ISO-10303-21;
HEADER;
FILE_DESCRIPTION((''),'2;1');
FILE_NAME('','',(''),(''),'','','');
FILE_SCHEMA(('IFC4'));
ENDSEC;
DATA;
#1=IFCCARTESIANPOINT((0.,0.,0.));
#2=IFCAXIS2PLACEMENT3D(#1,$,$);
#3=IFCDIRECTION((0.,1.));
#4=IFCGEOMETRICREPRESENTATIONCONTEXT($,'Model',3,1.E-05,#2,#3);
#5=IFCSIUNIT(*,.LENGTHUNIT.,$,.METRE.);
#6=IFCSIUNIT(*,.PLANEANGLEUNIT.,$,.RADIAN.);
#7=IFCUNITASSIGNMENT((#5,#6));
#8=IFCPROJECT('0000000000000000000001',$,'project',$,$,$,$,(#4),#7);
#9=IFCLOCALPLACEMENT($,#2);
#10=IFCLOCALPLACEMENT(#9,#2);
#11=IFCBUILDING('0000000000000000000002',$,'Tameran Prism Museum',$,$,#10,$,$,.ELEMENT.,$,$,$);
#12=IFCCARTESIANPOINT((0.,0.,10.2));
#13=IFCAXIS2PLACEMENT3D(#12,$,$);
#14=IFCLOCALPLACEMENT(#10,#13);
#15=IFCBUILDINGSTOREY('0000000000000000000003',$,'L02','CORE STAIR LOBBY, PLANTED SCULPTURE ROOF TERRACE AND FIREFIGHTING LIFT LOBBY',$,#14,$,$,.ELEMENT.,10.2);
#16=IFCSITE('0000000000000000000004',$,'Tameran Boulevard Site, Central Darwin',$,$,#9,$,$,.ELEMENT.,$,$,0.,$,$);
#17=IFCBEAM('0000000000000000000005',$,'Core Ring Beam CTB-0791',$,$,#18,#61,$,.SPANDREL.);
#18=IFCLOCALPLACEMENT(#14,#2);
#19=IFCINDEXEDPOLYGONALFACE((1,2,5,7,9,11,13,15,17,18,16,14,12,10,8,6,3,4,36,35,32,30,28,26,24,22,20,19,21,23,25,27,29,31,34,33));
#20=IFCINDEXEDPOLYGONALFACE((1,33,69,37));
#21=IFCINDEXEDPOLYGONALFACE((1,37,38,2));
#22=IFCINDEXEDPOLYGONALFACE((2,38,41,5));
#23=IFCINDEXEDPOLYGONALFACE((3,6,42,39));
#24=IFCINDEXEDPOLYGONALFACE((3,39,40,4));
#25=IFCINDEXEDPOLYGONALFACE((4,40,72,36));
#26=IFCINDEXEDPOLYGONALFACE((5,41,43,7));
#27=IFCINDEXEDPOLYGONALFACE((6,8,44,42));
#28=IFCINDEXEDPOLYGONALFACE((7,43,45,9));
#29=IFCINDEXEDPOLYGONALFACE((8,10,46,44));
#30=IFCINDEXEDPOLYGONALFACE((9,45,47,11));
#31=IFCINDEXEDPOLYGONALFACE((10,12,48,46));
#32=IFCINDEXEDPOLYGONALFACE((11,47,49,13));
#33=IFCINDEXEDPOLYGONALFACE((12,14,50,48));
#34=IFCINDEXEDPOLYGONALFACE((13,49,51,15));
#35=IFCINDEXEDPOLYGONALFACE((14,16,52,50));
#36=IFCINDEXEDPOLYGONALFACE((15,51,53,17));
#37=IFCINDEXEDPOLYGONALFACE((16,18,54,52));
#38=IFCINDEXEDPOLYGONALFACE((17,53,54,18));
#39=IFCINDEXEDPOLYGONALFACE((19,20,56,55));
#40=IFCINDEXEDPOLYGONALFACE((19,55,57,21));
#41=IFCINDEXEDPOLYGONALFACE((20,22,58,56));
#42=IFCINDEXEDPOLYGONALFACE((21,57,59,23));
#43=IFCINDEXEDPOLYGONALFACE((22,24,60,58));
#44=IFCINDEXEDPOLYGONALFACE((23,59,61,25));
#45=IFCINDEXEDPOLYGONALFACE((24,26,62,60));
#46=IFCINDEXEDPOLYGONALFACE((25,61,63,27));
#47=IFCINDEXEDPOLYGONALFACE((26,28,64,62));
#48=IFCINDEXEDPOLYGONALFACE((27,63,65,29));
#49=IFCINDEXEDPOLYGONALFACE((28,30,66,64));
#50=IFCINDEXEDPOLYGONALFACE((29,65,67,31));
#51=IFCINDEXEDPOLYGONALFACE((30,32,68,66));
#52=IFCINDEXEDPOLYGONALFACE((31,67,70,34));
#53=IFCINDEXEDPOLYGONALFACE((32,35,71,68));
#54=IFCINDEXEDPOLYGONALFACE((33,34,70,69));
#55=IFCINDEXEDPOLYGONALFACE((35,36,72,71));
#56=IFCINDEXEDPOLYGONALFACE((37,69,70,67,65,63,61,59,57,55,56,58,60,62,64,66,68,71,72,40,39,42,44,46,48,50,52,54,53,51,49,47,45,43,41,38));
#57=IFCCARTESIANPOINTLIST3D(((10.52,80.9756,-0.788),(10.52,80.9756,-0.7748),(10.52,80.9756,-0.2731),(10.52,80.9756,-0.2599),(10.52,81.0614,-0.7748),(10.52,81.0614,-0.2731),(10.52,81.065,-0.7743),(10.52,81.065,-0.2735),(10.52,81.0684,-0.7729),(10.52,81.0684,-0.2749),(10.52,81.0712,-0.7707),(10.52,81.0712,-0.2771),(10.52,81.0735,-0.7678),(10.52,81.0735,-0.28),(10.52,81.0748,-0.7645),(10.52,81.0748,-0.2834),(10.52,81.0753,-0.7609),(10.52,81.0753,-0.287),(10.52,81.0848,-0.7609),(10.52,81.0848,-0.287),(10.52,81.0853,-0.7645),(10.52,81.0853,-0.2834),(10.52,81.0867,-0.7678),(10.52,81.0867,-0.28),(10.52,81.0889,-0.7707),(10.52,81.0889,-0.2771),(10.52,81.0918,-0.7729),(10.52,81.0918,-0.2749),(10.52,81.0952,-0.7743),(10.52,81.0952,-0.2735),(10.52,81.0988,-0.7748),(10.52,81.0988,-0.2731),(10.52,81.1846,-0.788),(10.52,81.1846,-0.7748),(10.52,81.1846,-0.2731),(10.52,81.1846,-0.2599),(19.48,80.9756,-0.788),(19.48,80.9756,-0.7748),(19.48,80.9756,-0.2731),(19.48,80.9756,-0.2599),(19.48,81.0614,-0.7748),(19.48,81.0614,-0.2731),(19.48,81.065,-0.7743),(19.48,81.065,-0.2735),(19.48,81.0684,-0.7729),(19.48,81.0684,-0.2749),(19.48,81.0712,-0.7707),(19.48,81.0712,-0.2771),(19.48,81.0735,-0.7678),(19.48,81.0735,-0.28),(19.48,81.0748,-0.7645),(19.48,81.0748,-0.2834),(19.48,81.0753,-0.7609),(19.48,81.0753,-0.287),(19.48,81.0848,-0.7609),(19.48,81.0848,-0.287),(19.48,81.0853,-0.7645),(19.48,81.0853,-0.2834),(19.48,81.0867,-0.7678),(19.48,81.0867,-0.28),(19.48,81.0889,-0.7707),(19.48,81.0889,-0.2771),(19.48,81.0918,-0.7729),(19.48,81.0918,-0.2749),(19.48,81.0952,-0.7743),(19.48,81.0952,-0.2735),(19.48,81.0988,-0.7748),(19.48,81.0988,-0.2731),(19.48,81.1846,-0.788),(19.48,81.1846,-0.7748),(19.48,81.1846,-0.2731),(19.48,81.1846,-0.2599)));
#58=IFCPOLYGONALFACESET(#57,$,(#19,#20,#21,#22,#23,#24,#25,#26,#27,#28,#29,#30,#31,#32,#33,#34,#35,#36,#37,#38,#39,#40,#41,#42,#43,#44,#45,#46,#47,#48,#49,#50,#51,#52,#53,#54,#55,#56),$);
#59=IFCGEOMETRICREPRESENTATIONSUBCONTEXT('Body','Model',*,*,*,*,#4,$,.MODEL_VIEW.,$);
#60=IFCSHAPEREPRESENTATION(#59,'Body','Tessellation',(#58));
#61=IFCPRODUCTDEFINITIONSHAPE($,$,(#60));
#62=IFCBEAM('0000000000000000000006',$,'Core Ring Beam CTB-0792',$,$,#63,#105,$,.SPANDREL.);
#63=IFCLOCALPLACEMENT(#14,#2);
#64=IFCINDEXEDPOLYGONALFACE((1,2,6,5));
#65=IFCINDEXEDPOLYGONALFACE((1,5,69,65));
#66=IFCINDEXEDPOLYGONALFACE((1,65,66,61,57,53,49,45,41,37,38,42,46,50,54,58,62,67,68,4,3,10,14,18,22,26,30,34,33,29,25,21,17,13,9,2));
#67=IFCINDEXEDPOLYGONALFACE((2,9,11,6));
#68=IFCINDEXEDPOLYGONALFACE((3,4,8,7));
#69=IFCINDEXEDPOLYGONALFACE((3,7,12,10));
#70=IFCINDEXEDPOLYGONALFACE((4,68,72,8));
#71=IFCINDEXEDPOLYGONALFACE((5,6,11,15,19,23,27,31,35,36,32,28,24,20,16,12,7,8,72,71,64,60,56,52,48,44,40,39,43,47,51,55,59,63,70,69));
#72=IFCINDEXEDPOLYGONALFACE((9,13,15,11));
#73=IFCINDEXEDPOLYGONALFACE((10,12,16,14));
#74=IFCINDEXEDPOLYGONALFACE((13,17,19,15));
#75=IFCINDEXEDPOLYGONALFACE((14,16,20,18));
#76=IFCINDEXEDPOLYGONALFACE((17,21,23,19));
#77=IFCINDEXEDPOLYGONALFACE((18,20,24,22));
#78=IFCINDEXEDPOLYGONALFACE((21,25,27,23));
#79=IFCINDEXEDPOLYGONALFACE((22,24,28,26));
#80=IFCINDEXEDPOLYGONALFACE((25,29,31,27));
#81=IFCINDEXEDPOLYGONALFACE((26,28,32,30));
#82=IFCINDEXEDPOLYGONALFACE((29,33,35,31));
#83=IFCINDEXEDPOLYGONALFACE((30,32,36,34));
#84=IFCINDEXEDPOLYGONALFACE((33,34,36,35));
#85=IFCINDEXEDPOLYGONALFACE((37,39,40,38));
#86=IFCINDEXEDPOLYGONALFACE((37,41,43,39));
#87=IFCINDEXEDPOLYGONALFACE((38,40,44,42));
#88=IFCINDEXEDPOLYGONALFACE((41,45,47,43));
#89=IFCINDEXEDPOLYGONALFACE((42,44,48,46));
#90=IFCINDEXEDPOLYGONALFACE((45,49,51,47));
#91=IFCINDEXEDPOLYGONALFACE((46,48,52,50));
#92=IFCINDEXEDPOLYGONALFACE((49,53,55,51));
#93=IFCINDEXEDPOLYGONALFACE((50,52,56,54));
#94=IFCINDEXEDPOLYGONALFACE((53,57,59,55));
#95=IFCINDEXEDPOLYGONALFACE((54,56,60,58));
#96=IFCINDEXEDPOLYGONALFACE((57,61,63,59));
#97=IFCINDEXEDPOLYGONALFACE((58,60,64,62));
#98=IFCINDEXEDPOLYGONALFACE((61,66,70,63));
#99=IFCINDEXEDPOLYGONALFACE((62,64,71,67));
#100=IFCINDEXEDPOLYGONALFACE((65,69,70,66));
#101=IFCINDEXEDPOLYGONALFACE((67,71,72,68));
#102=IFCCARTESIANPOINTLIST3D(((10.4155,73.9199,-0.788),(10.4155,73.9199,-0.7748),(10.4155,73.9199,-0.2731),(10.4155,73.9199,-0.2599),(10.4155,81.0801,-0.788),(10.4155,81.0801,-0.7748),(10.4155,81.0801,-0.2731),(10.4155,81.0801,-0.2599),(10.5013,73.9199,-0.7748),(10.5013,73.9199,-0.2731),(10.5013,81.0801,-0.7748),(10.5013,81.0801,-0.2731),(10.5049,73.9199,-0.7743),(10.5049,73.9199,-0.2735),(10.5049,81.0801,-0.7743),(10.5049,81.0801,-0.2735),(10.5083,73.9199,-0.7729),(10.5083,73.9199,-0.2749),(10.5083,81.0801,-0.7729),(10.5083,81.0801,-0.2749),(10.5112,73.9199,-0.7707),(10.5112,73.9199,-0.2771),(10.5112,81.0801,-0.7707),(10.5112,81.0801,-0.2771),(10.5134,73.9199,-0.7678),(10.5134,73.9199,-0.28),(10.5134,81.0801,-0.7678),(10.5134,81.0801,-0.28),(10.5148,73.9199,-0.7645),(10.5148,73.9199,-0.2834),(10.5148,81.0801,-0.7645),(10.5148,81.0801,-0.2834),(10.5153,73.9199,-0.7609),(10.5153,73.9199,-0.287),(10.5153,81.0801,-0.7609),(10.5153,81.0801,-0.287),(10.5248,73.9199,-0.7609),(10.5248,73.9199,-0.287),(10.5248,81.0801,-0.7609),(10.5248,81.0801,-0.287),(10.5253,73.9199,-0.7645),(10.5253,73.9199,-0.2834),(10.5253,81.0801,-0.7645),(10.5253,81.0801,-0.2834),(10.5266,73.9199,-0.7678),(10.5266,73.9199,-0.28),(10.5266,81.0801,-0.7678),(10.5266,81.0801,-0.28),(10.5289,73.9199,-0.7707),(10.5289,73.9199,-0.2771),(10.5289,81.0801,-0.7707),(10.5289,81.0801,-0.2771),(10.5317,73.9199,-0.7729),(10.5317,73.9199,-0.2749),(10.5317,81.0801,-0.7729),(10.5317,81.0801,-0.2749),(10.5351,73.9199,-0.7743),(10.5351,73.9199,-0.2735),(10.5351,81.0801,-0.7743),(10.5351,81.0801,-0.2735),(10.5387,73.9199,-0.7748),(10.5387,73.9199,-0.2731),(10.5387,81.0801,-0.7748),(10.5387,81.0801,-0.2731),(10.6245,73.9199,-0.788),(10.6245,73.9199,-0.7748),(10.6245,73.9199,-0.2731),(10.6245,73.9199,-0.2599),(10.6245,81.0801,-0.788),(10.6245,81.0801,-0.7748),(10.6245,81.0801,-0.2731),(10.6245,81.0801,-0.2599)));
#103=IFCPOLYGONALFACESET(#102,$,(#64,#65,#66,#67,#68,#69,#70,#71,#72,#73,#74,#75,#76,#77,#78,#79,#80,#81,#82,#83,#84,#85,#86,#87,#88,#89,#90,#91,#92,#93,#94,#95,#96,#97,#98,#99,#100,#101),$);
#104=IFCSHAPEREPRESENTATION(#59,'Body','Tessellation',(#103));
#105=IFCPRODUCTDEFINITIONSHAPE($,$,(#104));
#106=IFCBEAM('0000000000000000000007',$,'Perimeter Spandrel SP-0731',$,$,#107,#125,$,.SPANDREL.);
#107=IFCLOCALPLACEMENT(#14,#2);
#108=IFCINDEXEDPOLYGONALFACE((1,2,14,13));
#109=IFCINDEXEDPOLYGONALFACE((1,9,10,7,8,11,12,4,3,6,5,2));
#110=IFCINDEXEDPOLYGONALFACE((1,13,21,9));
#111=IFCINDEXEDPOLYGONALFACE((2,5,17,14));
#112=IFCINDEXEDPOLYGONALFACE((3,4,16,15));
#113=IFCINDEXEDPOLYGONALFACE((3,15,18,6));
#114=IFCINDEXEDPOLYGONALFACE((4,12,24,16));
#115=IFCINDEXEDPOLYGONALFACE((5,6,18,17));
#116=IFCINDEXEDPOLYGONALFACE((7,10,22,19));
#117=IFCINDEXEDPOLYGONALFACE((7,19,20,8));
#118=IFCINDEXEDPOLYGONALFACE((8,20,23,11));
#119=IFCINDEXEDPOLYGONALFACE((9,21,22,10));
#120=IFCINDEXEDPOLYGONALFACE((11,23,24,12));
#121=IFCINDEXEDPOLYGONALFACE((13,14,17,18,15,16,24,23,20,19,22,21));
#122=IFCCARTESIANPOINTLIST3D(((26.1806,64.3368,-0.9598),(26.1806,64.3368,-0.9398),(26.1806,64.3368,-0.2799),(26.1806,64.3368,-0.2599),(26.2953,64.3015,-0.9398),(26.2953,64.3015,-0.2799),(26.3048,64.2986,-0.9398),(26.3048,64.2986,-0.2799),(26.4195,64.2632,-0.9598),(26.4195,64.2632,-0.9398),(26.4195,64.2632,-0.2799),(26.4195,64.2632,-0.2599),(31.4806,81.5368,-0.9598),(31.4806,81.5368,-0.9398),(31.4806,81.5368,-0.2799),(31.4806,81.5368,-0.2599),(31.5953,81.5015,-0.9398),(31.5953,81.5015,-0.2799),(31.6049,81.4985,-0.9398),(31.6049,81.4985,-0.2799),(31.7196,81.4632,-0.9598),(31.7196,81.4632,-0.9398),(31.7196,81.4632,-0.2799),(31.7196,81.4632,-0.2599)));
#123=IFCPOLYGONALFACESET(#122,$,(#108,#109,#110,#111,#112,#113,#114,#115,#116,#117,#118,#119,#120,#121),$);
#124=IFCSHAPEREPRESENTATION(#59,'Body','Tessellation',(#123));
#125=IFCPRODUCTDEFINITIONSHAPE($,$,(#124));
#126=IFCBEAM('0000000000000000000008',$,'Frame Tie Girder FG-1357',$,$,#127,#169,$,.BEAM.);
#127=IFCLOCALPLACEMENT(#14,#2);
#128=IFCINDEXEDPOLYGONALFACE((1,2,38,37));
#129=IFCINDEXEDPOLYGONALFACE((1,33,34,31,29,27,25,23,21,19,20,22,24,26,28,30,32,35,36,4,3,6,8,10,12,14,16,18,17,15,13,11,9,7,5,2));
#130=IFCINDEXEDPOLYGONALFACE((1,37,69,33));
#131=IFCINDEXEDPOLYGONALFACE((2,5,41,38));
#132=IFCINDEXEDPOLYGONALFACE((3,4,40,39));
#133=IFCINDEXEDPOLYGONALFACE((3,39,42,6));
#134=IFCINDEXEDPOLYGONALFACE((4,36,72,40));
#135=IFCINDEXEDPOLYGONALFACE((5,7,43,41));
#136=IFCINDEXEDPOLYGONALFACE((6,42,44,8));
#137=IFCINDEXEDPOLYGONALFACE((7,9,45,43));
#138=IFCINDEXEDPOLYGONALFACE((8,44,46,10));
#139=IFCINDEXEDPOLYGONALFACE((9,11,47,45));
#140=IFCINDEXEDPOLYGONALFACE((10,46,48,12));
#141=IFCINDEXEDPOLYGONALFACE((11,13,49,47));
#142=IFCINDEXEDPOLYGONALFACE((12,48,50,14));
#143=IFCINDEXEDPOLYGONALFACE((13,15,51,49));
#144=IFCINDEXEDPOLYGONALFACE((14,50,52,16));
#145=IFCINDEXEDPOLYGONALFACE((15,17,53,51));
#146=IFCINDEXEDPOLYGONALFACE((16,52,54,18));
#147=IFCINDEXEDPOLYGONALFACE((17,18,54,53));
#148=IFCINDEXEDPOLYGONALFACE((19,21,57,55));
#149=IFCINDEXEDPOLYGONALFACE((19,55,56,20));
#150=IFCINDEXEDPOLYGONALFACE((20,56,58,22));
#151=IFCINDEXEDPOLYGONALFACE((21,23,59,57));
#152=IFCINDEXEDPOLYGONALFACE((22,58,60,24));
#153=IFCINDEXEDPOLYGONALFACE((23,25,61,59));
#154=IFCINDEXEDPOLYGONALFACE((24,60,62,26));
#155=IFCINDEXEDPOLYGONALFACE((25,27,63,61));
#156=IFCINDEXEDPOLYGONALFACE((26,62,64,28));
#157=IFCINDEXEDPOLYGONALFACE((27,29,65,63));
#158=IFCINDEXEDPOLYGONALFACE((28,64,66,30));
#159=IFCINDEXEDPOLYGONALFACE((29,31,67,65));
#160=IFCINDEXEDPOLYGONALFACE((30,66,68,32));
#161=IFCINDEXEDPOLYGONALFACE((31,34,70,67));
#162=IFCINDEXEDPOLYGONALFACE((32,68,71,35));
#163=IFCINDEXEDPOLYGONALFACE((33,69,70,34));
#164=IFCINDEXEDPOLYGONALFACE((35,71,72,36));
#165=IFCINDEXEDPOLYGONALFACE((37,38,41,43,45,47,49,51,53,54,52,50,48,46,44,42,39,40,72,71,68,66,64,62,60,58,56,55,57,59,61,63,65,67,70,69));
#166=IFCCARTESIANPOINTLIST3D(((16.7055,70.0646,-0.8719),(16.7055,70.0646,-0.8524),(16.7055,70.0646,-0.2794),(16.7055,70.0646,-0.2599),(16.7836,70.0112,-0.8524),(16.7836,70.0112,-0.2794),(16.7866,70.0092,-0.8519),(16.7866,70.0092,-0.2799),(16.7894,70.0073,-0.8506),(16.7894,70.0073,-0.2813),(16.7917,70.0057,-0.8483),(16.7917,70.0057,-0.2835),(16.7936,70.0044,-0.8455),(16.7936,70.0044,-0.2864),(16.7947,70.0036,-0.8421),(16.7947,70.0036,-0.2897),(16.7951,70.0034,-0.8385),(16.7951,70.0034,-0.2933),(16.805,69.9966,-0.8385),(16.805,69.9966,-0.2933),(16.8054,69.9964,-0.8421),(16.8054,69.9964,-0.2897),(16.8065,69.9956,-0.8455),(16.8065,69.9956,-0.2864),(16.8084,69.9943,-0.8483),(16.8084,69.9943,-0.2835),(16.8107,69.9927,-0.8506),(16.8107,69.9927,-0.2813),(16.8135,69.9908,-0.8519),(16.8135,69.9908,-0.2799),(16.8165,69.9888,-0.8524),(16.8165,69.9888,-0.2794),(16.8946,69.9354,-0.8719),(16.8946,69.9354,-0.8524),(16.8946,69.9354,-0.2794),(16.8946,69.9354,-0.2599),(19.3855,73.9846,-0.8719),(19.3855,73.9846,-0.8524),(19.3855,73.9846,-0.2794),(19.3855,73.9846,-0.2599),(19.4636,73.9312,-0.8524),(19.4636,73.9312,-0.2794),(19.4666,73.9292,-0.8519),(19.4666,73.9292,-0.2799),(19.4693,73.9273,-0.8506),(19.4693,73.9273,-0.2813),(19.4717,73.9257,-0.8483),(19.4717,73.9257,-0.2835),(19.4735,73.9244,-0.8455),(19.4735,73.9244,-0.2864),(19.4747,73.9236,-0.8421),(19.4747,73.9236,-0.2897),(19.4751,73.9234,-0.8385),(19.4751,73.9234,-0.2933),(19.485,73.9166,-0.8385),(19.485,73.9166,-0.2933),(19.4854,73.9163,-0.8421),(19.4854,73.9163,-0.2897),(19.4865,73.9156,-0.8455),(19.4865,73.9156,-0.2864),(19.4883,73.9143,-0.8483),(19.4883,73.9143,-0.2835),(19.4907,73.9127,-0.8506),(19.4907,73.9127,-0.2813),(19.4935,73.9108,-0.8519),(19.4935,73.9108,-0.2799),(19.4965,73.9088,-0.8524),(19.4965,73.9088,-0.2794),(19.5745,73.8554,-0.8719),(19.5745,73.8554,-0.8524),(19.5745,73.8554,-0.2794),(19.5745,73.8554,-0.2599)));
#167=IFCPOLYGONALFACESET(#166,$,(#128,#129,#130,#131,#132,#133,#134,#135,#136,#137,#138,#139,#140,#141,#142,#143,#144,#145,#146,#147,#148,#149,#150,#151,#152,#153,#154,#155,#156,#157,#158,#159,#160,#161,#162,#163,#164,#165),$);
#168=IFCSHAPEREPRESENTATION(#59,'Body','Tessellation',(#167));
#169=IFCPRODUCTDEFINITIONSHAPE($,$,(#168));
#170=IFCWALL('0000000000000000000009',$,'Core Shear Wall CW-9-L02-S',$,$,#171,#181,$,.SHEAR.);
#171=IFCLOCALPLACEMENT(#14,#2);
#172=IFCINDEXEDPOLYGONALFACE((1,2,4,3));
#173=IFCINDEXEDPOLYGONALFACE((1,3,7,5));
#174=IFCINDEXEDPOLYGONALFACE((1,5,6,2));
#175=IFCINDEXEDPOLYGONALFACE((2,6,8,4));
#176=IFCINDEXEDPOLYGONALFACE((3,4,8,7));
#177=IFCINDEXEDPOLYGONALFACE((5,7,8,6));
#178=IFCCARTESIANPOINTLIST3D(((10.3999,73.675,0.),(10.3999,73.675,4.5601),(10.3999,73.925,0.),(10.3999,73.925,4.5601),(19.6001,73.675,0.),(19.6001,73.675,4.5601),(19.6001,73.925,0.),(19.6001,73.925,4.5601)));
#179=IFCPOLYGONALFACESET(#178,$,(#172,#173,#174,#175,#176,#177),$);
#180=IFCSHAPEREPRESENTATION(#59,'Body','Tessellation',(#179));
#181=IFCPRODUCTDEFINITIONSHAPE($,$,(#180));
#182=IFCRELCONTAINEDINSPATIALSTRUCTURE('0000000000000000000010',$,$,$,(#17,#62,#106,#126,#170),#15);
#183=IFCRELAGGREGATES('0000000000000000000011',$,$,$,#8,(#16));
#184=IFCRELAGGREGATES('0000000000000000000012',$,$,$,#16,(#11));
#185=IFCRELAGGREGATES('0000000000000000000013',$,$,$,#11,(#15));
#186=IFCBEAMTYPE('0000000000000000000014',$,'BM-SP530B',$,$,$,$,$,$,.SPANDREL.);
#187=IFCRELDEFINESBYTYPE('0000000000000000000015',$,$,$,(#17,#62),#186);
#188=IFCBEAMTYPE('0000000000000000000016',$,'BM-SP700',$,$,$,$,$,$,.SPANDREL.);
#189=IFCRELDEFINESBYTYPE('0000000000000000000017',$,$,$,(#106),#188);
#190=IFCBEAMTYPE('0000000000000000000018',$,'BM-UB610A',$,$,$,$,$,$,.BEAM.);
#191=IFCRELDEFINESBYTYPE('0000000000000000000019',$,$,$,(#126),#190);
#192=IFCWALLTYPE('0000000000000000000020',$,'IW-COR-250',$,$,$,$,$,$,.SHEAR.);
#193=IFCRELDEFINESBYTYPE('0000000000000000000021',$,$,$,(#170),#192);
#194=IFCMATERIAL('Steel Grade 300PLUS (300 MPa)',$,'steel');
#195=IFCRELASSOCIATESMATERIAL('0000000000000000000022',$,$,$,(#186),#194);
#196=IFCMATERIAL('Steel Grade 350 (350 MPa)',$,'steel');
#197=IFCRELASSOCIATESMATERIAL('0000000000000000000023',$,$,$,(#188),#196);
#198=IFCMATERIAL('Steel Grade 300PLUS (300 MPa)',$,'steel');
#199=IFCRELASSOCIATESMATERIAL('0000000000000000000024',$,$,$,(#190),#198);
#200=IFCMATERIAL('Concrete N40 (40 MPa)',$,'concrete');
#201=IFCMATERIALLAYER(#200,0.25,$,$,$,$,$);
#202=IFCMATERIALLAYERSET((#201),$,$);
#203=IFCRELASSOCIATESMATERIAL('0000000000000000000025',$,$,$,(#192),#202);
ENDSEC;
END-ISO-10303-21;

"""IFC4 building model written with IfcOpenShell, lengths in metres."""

from ifc_helpers import new_model, si_unit, direction, frame, frame_2d, origin, origin_2d, place, context, subcontext, project, spatial, rectangle, i_section, extrude, material, layer, layer_set, material_profile, profile_set, type_object, element, save


model = new_model("IFC4")

# Units and contexts
model_context = context("Model", 3, precision=1e-05, world=origin(), true_north=direction((0.0, 1.0)))
body_context = subcontext(model_context, "Body", "Model", "MODEL_VIEW")
ifc_project = project(units=[si_unit("LENGTHUNIT", "METRE"), si_unit("PLANEANGLEUNIT", "RADIAN")], contexts=[model_context])

# Site, building, storey
site_placement = place(None, origin())
site = spatial("IfcSite", under=ifc_project, at=site_placement, Name="Tameran Boulevard Site, Central Darwin", CompositionType="ELEMENT", RefElevation=0.0)
building_placement = place(site_placement, origin())
building = spatial("IfcBuilding", under=site, at=building_placement, Name="Tameran Prism Museum", CompositionType="ELEMENT")
storey_placement = place(building_placement, frame((0.0, 0.0, 10.2)))
storey = spatial("IfcBuildingStorey", under=building, at=storey_placement, Name="L02", Description="CORE STAIR LOBBY, PLANTED SCULPTURE ROOF TERRACE AND FIREFIGHTING LIFT LOBBY", CompositionType="ELEMENT", Elevation=10.2)

# Beams
ifc_material_1 = material(Name="Steel Grade 300PLUS (300 MPa)", Category="steel")
ifc_material_profile_1 = material_profile(ifc_material_1, i_section(OverallWidth=0.209, OverallDepth=0.5281, WebThickness=0.0095, FlangeThickness=0.0132, FilletRadius=0.0139, at=origin_2d()))
ifc_profile_set_1 = profile_set([ifc_material_profile_1])
beam_type_1 = type_object("IfcBeamType", Name="BM-SP530B", PredefinedType="SPANDREL", material=ifc_profile_set_1)
beam_1_placement = place(storey_placement, frame((19.48, 81.0801, -0.5239), z_axis=(-1.0, 0.0, 0.0), x_axis=(0.0, -1.0, 0.0)))
element("IfcBeam", 1, at=beam_1_placement, inside=storey, type_object=beam_type_1, Name="Core Ring Beam CTB-0791", PredefinedType="SPANDREL", context=body_context, shape_type="SweptSolid", body=[
    extrude(i_section(OverallWidth=0.209, OverallDepth=0.5281, WebThickness=0.0095, FlangeThickness=0.0132, FilletRadius=0.0139, at=origin_2d()), origin(), (0.0, 0.0, 1.0), 8.96),
])
beam_2_placement = place(storey_placement, frame((10.52, 81.0801, -0.5239), z_axis=(0.0, -1.0, 0.0), x_axis=(1.0, 0.0, 0.0)))
element("IfcBeam", 2, at=beam_2_placement, inside=storey, type_object=beam_type_1, Name="Core Ring Beam CTB-0792", PredefinedType="SPANDREL", context=body_context, shape_type="SweptSolid", body=[
    extrude(i_section(OverallWidth=0.209, OverallDepth=0.5281, WebThickness=0.0095, FlangeThickness=0.0132, FilletRadius=0.0139, at=origin_2d()), origin(), (0.0, 0.0, 1.0), 7.1602),
])
ifc_material_2 = material(Name="Steel Grade 350 (350 MPa)", Category="steel")
ifc_material_profile_2 = material_profile(ifc_material_2, i_section(OverallWidth=0.25, OverallDepth=0.7, WebThickness=0.01, FlangeThickness=0.02, at=origin_2d()))
ifc_profile_set_2 = profile_set([ifc_material_profile_2])
beam_type_2 = type_object("IfcBeamType", Name="BM-SP700", PredefinedType="SPANDREL", material=ifc_profile_set_2)
beam_3_placement = place(storey_placement, frame((31.6001, 81.5, -0.6099), z_axis=(-0.294479, -0.955658, 0.0), x_axis=(0.955658, -0.294479, 0.0)))
element("IfcBeam", 3, at=beam_3_placement, inside=storey, type_object=beam_type_2, Name="Perimeter Spandrel SP-0731", PredefinedType="SPANDREL", context=body_context, shape_type="SweptSolid", body=[
    extrude(i_section(OverallWidth=0.25, OverallDepth=0.7, WebThickness=0.01, FlangeThickness=0.02, at=origin_2d()), origin(), (0.0, 0.0, 1.0), 17.998),
])
ifc_material_3 = material(Name="Steel Grade 300PLUS (300 MPa)", Category="steel")
ifc_material_profile_3 = material_profile(ifc_material_3, i_section(OverallWidth=0.229, OverallDepth=0.6121, WebThickness=0.012, FlangeThickness=0.0195, FilletRadius=0.0139, at=origin_2d()))
ifc_profile_set_3 = profile_set([ifc_material_profile_3])
beam_type_3 = type_object("IfcBeamType", Name="BM-UB610A", PredefinedType="BEAM", material=ifc_profile_set_3)
beam_4_placement = place(storey_placement, frame((16.8, 70.0, -0.5659), z_axis=(0.56438, 0.825515, 0.0), x_axis=(-0.825515, 0.56438, 0.0)))
element("IfcBeam", 4, at=beam_4_placement, inside=storey, type_object=beam_type_3, Name="Frame Tie Girder FG-1357", PredefinedType="BEAM", context=body_context, shape_type="SweptSolid", body=[
    extrude(i_section(OverallWidth=0.229, OverallDepth=0.6121, WebThickness=0.012, FlangeThickness=0.0195, FilletRadius=0.0139, at=origin_2d()), origin(), (0.0, 0.0, 1.0), 4.7485),
])

# Wall
ifc_material_4 = material(Name="Concrete N40 (40 MPa)", Category="concrete")
ifc_layer_1 = layer(ifc_material_4, 0.25)
ifc_layer_set_1 = layer_set([ifc_layer_1])
wall_type = type_object("IfcWallType", Name="IW-COR-250", PredefinedType="SHEAR", material=ifc_layer_set_1)
wall_1_placement = place(storey_placement, frame((19.6001, 73.8, 0.0), z_axis=(0.0, 0.0, 1.0), x_axis=(-1.0, 0.0, 0.0)))
element("IfcWall", 5, at=wall_1_placement, inside=storey, type_object=wall_type, Name="Core Shear Wall CW-9-L02-S", PredefinedType="SHEAR", context=body_context, shape_type="SweptSolid", body=[
    extrude(rectangle(XDim=9.2002, YDim=0.25, at=frame_2d((4.6001, 0.0))), origin(), (0.0, 0.0, 1.0), 4.5601),
])

save(model, "model.ifc")
